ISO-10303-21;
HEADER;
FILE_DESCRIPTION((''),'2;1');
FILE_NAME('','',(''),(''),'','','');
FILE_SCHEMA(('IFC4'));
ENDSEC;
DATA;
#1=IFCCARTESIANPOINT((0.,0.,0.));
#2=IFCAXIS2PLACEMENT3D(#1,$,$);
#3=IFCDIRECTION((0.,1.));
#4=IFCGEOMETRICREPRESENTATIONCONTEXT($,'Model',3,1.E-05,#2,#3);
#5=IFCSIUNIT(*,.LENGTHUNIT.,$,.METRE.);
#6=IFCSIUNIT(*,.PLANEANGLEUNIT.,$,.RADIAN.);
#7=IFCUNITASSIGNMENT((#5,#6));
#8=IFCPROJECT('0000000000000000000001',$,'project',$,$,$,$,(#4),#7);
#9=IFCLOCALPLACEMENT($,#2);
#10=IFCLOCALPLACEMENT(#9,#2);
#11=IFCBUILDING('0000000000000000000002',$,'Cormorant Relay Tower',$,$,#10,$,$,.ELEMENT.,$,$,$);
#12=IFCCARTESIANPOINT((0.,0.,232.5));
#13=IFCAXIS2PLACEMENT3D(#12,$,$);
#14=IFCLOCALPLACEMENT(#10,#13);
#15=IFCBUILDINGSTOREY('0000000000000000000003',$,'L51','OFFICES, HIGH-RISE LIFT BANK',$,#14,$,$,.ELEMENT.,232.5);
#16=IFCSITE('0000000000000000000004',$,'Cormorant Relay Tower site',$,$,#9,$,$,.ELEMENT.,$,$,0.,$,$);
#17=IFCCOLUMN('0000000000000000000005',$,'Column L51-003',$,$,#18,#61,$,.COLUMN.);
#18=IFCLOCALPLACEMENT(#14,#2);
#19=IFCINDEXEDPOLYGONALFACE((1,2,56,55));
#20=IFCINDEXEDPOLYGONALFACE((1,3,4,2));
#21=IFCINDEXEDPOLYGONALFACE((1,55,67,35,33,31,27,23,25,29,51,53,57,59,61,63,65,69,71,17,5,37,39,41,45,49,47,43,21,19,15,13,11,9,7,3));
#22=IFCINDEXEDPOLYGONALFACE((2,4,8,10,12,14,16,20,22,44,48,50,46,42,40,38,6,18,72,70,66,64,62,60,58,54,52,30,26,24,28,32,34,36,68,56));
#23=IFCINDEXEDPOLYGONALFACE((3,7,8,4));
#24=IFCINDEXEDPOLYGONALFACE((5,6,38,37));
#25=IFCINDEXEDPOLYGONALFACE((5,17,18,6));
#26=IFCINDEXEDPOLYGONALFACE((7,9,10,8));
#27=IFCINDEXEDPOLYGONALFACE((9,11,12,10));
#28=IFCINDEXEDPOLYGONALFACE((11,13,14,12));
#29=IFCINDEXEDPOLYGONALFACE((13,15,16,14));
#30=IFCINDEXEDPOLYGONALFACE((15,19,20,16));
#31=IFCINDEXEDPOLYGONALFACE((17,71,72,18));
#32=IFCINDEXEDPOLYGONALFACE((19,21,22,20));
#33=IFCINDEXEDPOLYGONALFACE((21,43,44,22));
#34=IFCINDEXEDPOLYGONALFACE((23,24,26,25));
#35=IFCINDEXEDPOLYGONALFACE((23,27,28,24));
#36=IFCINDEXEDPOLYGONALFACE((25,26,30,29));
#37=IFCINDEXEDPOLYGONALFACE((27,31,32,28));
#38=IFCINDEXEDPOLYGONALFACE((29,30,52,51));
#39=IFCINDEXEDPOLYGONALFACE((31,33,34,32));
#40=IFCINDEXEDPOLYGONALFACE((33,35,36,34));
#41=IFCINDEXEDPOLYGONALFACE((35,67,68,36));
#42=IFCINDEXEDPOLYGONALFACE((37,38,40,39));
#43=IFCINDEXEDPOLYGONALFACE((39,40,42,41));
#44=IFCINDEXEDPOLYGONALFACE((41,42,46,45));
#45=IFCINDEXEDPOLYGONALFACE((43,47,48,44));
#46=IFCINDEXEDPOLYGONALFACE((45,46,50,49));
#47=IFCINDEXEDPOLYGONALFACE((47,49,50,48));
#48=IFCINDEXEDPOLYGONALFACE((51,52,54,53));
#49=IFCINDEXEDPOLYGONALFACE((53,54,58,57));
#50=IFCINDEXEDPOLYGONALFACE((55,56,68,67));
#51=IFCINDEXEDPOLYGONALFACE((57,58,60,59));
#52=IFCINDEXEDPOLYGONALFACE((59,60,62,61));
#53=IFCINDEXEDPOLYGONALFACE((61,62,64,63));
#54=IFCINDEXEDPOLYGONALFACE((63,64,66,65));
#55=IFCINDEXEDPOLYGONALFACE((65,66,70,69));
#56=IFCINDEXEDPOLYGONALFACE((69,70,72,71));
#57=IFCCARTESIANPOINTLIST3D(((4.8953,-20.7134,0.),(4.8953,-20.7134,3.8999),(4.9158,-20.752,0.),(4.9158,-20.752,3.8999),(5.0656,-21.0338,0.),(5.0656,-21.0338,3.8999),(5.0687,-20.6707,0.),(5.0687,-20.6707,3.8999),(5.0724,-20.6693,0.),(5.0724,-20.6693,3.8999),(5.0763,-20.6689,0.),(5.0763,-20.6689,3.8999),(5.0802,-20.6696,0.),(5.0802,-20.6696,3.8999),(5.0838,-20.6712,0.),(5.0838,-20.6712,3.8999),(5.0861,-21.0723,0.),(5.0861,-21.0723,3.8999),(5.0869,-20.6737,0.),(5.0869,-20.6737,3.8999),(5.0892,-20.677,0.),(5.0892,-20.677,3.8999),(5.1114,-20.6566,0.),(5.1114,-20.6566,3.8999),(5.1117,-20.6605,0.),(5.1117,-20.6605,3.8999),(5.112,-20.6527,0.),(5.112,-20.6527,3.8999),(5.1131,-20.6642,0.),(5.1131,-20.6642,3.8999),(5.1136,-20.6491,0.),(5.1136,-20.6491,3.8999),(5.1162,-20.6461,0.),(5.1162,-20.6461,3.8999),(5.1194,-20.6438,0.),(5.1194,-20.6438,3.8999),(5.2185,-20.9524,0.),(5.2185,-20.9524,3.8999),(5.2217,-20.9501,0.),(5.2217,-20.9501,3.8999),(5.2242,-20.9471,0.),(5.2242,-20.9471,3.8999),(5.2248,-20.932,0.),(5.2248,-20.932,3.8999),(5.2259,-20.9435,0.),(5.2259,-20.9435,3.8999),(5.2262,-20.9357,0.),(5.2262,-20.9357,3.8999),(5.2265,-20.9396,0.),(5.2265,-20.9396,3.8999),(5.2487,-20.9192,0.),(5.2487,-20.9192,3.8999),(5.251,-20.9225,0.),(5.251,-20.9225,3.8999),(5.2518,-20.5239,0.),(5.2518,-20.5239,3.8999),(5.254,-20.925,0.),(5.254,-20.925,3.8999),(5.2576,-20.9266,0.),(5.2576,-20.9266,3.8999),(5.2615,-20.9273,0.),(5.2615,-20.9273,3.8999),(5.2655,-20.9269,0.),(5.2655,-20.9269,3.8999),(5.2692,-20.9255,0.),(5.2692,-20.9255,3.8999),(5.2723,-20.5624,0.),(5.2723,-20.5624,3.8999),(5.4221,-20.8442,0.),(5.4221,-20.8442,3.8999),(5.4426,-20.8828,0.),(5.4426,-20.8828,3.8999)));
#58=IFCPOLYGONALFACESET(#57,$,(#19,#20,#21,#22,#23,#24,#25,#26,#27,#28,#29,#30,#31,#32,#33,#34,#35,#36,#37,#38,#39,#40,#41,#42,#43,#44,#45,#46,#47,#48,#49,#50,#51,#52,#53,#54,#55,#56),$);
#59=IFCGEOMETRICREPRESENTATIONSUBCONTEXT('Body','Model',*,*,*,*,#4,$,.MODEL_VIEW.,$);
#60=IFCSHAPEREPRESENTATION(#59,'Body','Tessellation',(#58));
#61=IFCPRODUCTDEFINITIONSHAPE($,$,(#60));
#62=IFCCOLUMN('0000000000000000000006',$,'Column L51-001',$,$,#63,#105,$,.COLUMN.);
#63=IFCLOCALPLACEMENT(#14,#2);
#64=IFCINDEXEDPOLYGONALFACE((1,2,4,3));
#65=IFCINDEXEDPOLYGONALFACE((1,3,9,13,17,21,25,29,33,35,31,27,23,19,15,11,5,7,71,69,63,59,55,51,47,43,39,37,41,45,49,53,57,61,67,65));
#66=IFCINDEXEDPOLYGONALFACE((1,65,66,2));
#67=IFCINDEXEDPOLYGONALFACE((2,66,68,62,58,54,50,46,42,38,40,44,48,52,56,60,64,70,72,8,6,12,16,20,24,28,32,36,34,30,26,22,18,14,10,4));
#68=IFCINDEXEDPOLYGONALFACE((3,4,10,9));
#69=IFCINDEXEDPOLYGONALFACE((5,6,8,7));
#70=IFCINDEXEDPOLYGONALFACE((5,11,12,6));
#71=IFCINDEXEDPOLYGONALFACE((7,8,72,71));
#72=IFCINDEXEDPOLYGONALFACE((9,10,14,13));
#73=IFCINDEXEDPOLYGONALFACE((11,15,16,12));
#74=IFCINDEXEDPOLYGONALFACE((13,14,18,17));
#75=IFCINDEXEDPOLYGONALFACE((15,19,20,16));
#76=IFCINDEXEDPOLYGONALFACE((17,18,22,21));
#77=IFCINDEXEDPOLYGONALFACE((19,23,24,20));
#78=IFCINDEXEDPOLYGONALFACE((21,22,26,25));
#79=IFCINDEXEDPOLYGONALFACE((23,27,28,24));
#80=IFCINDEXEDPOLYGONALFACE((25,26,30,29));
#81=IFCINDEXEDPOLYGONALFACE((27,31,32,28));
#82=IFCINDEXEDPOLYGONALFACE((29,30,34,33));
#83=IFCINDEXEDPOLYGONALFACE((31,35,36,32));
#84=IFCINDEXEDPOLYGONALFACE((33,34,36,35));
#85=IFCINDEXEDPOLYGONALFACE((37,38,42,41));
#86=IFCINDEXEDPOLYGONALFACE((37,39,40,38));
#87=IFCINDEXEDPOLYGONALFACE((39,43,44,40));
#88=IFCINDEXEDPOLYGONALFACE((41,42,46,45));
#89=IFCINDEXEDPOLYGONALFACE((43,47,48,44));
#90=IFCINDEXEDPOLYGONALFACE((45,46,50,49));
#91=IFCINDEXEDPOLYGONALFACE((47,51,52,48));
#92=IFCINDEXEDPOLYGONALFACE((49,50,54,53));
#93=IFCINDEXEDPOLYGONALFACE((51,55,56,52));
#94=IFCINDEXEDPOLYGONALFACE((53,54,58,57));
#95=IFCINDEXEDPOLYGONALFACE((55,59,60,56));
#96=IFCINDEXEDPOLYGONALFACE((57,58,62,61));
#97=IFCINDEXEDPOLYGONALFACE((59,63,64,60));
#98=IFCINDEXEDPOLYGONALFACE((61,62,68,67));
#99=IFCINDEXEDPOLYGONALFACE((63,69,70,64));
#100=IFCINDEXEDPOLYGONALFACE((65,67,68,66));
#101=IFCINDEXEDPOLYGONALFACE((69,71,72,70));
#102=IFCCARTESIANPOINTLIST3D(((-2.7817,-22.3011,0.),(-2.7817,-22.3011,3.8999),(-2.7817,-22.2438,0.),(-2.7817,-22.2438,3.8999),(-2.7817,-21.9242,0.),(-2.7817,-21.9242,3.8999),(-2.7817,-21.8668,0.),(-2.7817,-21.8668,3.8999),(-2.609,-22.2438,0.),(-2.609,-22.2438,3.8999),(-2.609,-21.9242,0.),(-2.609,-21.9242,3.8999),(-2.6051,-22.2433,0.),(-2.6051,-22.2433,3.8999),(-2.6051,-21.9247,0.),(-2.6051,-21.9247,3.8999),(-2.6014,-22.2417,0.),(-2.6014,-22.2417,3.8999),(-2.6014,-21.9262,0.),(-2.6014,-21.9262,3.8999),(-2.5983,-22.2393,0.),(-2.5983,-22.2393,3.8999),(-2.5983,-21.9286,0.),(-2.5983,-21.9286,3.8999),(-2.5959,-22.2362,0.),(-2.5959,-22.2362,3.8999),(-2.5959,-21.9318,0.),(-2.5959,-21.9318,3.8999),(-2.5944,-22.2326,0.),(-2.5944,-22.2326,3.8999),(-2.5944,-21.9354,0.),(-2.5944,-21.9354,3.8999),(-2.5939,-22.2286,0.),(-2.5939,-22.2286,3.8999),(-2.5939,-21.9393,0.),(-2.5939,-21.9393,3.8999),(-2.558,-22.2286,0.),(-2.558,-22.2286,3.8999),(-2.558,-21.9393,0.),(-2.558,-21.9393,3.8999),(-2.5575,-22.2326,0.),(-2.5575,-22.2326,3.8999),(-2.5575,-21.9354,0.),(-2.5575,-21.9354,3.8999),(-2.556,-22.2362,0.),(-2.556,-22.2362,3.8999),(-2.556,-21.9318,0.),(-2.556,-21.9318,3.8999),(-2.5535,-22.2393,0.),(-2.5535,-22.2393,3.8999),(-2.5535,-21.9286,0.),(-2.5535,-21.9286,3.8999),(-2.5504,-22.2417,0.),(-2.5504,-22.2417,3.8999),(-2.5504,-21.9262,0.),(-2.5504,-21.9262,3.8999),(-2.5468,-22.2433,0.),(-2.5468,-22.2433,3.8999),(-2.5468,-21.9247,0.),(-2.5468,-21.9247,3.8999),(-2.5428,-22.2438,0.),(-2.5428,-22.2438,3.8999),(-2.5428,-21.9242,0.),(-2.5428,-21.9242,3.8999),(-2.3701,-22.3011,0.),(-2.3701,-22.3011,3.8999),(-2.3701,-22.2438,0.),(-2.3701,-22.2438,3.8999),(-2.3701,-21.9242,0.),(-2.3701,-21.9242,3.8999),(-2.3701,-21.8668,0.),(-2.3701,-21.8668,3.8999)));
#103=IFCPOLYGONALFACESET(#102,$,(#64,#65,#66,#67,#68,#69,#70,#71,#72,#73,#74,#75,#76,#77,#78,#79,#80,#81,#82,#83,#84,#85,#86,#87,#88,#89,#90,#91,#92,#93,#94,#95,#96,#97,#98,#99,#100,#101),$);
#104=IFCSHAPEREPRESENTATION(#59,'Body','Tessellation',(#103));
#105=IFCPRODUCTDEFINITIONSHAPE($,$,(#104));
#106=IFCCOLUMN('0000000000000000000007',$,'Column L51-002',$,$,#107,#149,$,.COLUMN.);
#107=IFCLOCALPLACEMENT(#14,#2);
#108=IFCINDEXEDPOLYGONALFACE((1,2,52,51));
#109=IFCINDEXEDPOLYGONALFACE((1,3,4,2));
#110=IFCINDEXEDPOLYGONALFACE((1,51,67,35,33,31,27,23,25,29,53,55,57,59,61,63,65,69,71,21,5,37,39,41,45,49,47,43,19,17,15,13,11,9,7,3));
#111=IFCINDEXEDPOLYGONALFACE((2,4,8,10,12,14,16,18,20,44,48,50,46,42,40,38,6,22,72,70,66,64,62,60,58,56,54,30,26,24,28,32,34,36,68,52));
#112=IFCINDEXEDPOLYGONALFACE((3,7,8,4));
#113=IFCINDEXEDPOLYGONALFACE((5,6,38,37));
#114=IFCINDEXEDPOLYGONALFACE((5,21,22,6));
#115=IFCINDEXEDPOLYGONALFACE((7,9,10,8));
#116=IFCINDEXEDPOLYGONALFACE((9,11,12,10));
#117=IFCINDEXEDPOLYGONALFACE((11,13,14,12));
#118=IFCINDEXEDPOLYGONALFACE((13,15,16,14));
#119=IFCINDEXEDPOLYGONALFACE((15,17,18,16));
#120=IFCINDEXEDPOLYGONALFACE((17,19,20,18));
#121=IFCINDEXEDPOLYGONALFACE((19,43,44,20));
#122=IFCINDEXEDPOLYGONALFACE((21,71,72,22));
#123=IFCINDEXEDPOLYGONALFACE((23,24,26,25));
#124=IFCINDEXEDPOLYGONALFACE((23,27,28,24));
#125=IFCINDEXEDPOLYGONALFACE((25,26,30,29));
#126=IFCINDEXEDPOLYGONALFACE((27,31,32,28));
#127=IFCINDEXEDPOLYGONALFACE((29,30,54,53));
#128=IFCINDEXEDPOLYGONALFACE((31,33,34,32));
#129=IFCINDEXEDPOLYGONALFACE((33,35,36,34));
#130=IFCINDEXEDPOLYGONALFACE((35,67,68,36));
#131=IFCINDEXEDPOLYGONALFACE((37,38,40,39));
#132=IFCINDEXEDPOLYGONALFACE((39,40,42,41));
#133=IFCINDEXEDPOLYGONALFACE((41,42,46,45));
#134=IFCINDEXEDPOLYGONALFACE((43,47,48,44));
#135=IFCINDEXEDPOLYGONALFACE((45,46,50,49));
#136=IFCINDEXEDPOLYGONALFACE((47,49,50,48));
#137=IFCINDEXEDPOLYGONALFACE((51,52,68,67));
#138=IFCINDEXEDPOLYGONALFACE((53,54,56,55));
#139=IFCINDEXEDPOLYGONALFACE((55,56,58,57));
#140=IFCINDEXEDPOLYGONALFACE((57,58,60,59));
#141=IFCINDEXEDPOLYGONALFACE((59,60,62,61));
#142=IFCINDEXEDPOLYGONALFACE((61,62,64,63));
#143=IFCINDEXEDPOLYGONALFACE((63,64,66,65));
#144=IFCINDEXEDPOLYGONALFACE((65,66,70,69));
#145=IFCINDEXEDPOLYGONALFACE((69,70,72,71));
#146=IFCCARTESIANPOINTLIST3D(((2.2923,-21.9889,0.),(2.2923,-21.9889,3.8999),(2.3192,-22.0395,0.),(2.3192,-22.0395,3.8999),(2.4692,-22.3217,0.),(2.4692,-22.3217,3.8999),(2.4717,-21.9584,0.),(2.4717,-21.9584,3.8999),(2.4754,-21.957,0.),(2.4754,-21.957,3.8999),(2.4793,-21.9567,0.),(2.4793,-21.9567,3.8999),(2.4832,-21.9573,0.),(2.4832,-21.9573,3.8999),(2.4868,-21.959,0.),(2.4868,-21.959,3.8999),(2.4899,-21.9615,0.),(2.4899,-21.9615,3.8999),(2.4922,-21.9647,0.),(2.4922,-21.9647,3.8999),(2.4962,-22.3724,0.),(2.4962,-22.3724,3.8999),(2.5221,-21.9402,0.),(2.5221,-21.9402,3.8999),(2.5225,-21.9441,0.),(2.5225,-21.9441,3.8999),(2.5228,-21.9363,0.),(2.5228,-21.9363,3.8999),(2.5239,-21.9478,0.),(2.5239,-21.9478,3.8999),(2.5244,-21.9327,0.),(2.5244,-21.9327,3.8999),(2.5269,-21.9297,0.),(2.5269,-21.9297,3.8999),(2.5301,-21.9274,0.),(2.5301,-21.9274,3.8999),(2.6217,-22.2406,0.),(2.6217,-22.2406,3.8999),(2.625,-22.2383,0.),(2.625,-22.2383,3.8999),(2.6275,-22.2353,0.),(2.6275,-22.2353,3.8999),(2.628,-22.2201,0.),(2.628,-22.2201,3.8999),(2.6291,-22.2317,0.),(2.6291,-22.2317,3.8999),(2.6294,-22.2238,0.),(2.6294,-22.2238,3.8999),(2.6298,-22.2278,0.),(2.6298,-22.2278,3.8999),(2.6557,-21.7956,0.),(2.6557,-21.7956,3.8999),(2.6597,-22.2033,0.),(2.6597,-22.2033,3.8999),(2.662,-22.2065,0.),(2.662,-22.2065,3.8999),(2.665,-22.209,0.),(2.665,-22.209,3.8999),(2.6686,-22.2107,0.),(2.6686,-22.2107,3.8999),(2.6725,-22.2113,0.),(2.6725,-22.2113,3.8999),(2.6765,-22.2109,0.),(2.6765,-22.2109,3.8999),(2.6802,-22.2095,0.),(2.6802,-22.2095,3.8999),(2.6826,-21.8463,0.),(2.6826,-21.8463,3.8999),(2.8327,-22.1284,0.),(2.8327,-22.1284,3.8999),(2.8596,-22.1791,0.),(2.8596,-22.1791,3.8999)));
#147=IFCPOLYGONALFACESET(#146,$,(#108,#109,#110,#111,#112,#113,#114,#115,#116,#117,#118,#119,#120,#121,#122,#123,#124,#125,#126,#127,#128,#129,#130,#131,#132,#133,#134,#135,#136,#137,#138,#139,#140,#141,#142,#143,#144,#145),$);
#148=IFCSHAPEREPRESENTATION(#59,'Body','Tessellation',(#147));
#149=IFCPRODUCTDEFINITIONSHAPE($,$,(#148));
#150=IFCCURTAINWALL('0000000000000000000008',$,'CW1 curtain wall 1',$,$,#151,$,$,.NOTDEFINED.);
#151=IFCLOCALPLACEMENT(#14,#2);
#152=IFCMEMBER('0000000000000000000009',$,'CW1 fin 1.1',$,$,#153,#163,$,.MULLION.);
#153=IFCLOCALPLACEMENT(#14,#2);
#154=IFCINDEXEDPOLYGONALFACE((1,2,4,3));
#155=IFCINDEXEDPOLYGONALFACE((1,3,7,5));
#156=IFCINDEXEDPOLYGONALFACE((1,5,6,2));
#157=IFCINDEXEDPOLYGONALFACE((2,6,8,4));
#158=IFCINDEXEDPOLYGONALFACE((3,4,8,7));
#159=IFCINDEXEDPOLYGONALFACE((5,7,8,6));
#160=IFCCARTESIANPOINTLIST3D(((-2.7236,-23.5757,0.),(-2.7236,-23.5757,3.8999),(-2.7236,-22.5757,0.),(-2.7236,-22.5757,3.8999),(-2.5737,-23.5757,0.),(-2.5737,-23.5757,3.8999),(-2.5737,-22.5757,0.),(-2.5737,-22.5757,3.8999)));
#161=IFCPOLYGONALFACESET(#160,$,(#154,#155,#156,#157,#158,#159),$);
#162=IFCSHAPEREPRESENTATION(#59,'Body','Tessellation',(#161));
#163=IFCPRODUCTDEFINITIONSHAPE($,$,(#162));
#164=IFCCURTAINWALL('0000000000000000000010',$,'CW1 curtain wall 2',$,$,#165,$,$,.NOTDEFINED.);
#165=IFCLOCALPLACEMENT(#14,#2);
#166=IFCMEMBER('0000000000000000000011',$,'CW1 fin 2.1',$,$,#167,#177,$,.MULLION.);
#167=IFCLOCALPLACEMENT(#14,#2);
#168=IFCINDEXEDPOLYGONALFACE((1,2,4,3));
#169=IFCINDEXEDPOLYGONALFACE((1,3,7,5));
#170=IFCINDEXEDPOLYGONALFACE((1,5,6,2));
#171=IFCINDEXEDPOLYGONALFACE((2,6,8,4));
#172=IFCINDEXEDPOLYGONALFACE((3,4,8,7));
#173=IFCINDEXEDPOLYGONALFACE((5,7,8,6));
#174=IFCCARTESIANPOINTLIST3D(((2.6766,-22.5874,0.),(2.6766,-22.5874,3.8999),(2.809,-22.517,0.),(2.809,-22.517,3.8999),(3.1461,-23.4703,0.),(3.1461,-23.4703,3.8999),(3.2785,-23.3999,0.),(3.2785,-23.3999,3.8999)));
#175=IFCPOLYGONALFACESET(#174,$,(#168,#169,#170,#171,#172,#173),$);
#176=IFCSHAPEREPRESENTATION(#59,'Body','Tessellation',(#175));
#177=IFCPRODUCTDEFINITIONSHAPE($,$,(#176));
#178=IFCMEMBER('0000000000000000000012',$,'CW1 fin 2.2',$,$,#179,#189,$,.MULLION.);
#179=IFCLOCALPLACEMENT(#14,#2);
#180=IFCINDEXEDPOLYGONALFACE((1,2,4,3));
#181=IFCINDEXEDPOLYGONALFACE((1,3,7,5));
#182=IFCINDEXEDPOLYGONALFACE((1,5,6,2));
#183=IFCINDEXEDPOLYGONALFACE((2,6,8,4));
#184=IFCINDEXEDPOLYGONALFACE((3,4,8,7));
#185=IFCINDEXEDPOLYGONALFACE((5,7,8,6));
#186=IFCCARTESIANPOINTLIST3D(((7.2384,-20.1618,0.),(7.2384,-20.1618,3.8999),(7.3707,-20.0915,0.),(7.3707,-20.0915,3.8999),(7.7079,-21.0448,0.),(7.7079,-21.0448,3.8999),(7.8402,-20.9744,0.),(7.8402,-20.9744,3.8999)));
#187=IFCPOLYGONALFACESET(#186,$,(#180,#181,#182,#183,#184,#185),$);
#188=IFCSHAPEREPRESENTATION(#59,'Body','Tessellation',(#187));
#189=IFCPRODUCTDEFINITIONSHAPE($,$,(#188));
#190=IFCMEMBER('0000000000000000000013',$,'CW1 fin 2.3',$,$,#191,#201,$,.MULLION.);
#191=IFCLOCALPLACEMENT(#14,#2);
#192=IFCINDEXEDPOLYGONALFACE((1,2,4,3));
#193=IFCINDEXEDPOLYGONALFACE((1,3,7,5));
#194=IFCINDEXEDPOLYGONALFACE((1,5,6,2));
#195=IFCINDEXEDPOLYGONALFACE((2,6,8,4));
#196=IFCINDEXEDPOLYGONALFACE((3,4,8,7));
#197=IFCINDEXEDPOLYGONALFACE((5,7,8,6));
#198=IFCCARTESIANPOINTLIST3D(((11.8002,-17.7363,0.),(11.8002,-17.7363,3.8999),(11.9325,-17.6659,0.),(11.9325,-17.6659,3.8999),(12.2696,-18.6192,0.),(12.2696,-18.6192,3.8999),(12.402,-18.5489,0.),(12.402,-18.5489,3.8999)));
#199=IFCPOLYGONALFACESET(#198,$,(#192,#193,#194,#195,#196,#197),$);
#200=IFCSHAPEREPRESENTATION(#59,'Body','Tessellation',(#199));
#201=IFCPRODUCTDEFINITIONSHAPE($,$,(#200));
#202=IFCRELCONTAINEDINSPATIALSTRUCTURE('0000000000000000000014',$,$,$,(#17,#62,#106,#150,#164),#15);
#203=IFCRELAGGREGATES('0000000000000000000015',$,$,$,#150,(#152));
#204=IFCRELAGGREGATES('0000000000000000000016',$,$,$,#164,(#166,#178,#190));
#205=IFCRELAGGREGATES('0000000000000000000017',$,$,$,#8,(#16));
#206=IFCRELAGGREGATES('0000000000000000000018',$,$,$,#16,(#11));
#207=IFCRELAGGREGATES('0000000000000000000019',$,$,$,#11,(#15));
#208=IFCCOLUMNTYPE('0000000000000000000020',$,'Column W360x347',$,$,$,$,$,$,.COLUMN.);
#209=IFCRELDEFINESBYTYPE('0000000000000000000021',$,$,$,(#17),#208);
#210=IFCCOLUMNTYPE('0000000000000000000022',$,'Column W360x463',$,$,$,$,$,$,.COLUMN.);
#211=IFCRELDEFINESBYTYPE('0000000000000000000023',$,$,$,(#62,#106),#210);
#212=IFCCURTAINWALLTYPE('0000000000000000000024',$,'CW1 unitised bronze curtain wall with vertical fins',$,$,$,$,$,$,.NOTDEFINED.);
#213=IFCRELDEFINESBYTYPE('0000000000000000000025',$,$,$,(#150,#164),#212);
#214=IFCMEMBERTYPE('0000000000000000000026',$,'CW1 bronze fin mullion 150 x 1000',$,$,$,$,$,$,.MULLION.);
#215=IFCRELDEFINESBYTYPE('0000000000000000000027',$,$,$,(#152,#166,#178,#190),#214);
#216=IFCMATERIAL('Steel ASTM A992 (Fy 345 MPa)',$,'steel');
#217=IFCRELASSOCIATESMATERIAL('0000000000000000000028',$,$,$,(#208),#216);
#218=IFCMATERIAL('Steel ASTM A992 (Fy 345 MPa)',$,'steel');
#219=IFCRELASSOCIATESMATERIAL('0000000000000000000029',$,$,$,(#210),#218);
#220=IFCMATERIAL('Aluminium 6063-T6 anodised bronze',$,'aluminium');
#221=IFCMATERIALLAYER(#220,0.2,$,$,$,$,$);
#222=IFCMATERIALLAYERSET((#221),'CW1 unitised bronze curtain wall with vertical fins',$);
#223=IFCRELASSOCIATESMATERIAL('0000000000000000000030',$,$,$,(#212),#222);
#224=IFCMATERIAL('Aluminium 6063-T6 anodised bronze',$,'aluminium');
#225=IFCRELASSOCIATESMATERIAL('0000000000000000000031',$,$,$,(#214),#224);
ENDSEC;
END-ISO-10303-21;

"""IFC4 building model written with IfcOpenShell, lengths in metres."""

from ifc_helpers import new_model, si_unit, direction, frame, origin, origin_2d, place, context, subcontext, project, spatial, rectangle, i_section, extrude, material, layer, layer_set, material_profile, profile_set, type_object, element, aggregate, save


model = new_model("IFC4")

# Units and contexts
model_context = context("Model", 3, precision=1e-05, world=origin(), true_north=direction((0.0, 1.0)))
body_context = subcontext(model_context, "Body", "Model", "MODEL_VIEW")
ifc_project = project(units=[si_unit("LENGTHUNIT", "METRE"), si_unit("PLANEANGLEUNIT", "RADIAN")], contexts=[model_context])

# Site, building, storey
site_placement = place(None, origin())
site = spatial("IfcSite", under=ifc_project, at=site_placement, Name="Cormorant Relay Tower site", CompositionType="ELEMENT", RefElevation=0.0)
building_placement = place(site_placement, origin())
building = spatial("IfcBuilding", under=site, at=building_placement, Name="Cormorant Relay Tower", CompositionType="ELEMENT")
storey_placement = place(building_placement, frame((0.0, 0.0, 232.5)))
storey = spatial("IfcBuildingStorey", under=building, at=storey_placement, Name="L51", Description="OFFICES, HIGH-RISE LIFT BANK", CompositionType="ELEMENT", Elevation=232.5)

# Columns
ifc_material_1 = material(Name="Steel ASTM A992 (Fy 345 MPa)", Category="steel")
ifc_material_profile_1 = material_profile(ifc_material_1, i_section(OverallWidth=0.4038, OverallDepth=0.4065, WebThickness=0.0271, FlangeThickness=0.0437, FilletRadius=0.0151, at=origin_2d()), Name="W360x347")
ifc_profile_set_1 = profile_set([ifc_material_profile_1], Name="Steel ASTM A992 (Fy 345 MPa)")
column_type_1 = type_object("IfcColumnType", Name="Column W360x347", PredefinedType="COLUMN", material=ifc_profile_set_1)
column_placement = place(storey_placement, frame((5.1689, -20.7981, 0.0), z_axis=(0.0, 0.0, 1.0), x_axis=(0.882948, 0.469472, 0.0)))
element("IfcColumn", 1, at=column_placement, inside=storey, type_object=column_type_1, Name="Column L51-003", PredefinedType="COLUMN", context=body_context, shape_type="SweptSolid", body=[
    extrude(i_section(OverallWidth=0.4038, OverallDepth=0.4065, WebThickness=0.0271, FlangeThickness=0.0437, FilletRadius=0.0151, at=origin_2d()), origin(), (0.0, 0.0, 1.0), 3.8999),
])
ifc_material_2 = material(Name="Steel ASTM A992 (Fy 345 MPa)", Category="steel")
ifc_material_profile_2 = material_profile(ifc_material_2, i_section(OverallWidth=0.4116, OverallDepth=0.4343, WebThickness=0.0359, FlangeThickness=0.0574, FilletRadius=0.0151, at=origin_2d()), Name="W360x463")
ifc_profile_set_2 = profile_set([ifc_material_profile_2], Name="Steel ASTM A992 (Fy 345 MPa)")
column_type_2 = type_object("IfcColumnType", Name="Column W360x463", PredefinedType="COLUMN", material=ifc_profile_set_2)
for number, where, z_axis, x_axis, name in (
    (2, (-2.5759, -22.084, 0.0), (0.0, 0.0, 1.0), (1.0, 0.0, 0.0), "Column L51-001"),
    (3, (2.5759, -22.084, 0.0), (0.0, 0.0, 1.0), (0.882948, 0.469472, 0.0), "Column L51-002"),
):
    element("IfcColumn", number, at=place(storey_placement, frame(where, z_axis=z_axis, x_axis=x_axis)), inside=storey, type_object=column_type_2, Name=name, PredefinedType="COLUMN", context=body_context, shape_type="SweptSolid", body=[
        extrude(i_section(OverallWidth=0.4116, OverallDepth=0.4343, WebThickness=0.0359, FlangeThickness=0.0574, FilletRadius=0.0151, at=origin_2d()), origin(), (0.0, 0.0, 1.0), 3.8999),
    ])

# Curtain wall, member
ifc_material_3 = material(Name="Aluminium 6063-T6 anodised bronze", Category="aluminium")
ifc_layer_1 = layer(ifc_material_3, 0.2)
ifc_layer_set_1 = layer_set([ifc_layer_1], Name="CW1 unitised bronze curtain wall with vertical fins")
curtain_wall_type = type_object("IfcCurtainWallType", Name="CW1 unitised bronze curtain wall with vertical fins", PredefinedType="NOTDEFINED", material=ifc_layer_set_1)
curtain_wall_1_placement = place(storey_placement, origin())
curtain_wall_1 = element("IfcCurtainWall", 4, at=curtain_wall_1_placement, inside=storey, type_object=curtain_wall_type, Name="CW1 curtain wall 1", PredefinedType="NOTDEFINED")
ifc_material_4 = material(Name="Aluminium 6063-T6 anodised bronze", Category="aluminium")
ifc_material_profile_3 = material_profile(ifc_material_4, rectangle(XDim=0.1499, YDim=1.0, at=origin_2d()), Name="AL 150x1000")
ifc_profile_set_3 = profile_set([ifc_material_profile_3], Name="Aluminium 6063-T6 anodised bronze")
member_type_1 = type_object("IfcMemberType", Name="CW1 bronze fin mullion 150 x 1000", PredefinedType="MULLION", material=ifc_profile_set_3)
member_1_placement = place(storey_placement, frame((-2.6487, -23.0757, 0.0), z_axis=(0.0, 0.0, 1.0), x_axis=(1.0, 0.0, 0.0)))
member_1 = element("IfcMember", 5, at=member_1_placement, type_object=member_type_1, Name="CW1 fin 1.1", PredefinedType="MULLION", context=body_context, shape_type="SweptSolid", body=[
    extrude(rectangle(XDim=0.1499, YDim=1.0, at=origin_2d()), origin(), (0.0, 0.0, 1.0), 3.8999),
])

# Curtain wall, members
curtain_wall_2_placement = place(storey_placement, origin())
curtain_wall_2 = element("IfcCurtainWall", 6, at=curtain_wall_2_placement, inside=storey, type_object=curtain_wall_type, Name="CW1 curtain wall 2", PredefinedType="NOTDEFINED")
member_2_placement = place(storey_placement, frame((2.9775, -22.9937, 0.0), z_axis=(0.0, 0.0, 1.0), x_axis=(0.882948, 0.469472, 0.0)))
member_2 = element("IfcMember", 7, at=member_2_placement, type_object=member_type_1, Name="CW1 fin 2.1", PredefinedType="MULLION", context=body_context, shape_type="SweptSolid", body=[
    extrude(rectangle(XDim=0.1499, YDim=1.0, at=origin_2d()), origin(), (0.0, 0.0, 1.0), 3.8999),
])
member_3_placement = place(storey_placement, frame((7.5393, -20.5681, 0.0), z_axis=(0.0, 0.0, 1.0), x_axis=(0.882948, 0.469472, 0.0)))
member_3 = element("IfcMember", 8, at=member_3_placement, type_object=member_type_1, Name="CW1 fin 2.2", PredefinedType="MULLION", context=body_context, shape_type="SweptSolid", body=[
    extrude(rectangle(XDim=0.1499, YDim=1.0, at=origin_2d()), origin(), (0.0, 0.0, 1.0), 3.8999),
])
member_4_placement = place(storey_placement, frame((12.1011, -18.1426, 0.0), z_axis=(0.0, 0.0, 1.0), x_axis=(0.882948, 0.469472, 0.0)))
member_4 = element("IfcMember", 9, at=member_4_placement, type_object=member_type_1, Name="CW1 fin 2.3", PredefinedType="MULLION", context=body_context, shape_type="SweptSolid", body=[
    extrude(rectangle(XDim=0.1499, YDim=1.0, at=origin_2d()), origin(), (0.0, 0.0, 1.0), 3.8999),
])

aggregate(curtain_wall_1, [member_1])
aggregate(curtain_wall_2, [member_2, member_3, member_4])

save(model, "model.ifc")
